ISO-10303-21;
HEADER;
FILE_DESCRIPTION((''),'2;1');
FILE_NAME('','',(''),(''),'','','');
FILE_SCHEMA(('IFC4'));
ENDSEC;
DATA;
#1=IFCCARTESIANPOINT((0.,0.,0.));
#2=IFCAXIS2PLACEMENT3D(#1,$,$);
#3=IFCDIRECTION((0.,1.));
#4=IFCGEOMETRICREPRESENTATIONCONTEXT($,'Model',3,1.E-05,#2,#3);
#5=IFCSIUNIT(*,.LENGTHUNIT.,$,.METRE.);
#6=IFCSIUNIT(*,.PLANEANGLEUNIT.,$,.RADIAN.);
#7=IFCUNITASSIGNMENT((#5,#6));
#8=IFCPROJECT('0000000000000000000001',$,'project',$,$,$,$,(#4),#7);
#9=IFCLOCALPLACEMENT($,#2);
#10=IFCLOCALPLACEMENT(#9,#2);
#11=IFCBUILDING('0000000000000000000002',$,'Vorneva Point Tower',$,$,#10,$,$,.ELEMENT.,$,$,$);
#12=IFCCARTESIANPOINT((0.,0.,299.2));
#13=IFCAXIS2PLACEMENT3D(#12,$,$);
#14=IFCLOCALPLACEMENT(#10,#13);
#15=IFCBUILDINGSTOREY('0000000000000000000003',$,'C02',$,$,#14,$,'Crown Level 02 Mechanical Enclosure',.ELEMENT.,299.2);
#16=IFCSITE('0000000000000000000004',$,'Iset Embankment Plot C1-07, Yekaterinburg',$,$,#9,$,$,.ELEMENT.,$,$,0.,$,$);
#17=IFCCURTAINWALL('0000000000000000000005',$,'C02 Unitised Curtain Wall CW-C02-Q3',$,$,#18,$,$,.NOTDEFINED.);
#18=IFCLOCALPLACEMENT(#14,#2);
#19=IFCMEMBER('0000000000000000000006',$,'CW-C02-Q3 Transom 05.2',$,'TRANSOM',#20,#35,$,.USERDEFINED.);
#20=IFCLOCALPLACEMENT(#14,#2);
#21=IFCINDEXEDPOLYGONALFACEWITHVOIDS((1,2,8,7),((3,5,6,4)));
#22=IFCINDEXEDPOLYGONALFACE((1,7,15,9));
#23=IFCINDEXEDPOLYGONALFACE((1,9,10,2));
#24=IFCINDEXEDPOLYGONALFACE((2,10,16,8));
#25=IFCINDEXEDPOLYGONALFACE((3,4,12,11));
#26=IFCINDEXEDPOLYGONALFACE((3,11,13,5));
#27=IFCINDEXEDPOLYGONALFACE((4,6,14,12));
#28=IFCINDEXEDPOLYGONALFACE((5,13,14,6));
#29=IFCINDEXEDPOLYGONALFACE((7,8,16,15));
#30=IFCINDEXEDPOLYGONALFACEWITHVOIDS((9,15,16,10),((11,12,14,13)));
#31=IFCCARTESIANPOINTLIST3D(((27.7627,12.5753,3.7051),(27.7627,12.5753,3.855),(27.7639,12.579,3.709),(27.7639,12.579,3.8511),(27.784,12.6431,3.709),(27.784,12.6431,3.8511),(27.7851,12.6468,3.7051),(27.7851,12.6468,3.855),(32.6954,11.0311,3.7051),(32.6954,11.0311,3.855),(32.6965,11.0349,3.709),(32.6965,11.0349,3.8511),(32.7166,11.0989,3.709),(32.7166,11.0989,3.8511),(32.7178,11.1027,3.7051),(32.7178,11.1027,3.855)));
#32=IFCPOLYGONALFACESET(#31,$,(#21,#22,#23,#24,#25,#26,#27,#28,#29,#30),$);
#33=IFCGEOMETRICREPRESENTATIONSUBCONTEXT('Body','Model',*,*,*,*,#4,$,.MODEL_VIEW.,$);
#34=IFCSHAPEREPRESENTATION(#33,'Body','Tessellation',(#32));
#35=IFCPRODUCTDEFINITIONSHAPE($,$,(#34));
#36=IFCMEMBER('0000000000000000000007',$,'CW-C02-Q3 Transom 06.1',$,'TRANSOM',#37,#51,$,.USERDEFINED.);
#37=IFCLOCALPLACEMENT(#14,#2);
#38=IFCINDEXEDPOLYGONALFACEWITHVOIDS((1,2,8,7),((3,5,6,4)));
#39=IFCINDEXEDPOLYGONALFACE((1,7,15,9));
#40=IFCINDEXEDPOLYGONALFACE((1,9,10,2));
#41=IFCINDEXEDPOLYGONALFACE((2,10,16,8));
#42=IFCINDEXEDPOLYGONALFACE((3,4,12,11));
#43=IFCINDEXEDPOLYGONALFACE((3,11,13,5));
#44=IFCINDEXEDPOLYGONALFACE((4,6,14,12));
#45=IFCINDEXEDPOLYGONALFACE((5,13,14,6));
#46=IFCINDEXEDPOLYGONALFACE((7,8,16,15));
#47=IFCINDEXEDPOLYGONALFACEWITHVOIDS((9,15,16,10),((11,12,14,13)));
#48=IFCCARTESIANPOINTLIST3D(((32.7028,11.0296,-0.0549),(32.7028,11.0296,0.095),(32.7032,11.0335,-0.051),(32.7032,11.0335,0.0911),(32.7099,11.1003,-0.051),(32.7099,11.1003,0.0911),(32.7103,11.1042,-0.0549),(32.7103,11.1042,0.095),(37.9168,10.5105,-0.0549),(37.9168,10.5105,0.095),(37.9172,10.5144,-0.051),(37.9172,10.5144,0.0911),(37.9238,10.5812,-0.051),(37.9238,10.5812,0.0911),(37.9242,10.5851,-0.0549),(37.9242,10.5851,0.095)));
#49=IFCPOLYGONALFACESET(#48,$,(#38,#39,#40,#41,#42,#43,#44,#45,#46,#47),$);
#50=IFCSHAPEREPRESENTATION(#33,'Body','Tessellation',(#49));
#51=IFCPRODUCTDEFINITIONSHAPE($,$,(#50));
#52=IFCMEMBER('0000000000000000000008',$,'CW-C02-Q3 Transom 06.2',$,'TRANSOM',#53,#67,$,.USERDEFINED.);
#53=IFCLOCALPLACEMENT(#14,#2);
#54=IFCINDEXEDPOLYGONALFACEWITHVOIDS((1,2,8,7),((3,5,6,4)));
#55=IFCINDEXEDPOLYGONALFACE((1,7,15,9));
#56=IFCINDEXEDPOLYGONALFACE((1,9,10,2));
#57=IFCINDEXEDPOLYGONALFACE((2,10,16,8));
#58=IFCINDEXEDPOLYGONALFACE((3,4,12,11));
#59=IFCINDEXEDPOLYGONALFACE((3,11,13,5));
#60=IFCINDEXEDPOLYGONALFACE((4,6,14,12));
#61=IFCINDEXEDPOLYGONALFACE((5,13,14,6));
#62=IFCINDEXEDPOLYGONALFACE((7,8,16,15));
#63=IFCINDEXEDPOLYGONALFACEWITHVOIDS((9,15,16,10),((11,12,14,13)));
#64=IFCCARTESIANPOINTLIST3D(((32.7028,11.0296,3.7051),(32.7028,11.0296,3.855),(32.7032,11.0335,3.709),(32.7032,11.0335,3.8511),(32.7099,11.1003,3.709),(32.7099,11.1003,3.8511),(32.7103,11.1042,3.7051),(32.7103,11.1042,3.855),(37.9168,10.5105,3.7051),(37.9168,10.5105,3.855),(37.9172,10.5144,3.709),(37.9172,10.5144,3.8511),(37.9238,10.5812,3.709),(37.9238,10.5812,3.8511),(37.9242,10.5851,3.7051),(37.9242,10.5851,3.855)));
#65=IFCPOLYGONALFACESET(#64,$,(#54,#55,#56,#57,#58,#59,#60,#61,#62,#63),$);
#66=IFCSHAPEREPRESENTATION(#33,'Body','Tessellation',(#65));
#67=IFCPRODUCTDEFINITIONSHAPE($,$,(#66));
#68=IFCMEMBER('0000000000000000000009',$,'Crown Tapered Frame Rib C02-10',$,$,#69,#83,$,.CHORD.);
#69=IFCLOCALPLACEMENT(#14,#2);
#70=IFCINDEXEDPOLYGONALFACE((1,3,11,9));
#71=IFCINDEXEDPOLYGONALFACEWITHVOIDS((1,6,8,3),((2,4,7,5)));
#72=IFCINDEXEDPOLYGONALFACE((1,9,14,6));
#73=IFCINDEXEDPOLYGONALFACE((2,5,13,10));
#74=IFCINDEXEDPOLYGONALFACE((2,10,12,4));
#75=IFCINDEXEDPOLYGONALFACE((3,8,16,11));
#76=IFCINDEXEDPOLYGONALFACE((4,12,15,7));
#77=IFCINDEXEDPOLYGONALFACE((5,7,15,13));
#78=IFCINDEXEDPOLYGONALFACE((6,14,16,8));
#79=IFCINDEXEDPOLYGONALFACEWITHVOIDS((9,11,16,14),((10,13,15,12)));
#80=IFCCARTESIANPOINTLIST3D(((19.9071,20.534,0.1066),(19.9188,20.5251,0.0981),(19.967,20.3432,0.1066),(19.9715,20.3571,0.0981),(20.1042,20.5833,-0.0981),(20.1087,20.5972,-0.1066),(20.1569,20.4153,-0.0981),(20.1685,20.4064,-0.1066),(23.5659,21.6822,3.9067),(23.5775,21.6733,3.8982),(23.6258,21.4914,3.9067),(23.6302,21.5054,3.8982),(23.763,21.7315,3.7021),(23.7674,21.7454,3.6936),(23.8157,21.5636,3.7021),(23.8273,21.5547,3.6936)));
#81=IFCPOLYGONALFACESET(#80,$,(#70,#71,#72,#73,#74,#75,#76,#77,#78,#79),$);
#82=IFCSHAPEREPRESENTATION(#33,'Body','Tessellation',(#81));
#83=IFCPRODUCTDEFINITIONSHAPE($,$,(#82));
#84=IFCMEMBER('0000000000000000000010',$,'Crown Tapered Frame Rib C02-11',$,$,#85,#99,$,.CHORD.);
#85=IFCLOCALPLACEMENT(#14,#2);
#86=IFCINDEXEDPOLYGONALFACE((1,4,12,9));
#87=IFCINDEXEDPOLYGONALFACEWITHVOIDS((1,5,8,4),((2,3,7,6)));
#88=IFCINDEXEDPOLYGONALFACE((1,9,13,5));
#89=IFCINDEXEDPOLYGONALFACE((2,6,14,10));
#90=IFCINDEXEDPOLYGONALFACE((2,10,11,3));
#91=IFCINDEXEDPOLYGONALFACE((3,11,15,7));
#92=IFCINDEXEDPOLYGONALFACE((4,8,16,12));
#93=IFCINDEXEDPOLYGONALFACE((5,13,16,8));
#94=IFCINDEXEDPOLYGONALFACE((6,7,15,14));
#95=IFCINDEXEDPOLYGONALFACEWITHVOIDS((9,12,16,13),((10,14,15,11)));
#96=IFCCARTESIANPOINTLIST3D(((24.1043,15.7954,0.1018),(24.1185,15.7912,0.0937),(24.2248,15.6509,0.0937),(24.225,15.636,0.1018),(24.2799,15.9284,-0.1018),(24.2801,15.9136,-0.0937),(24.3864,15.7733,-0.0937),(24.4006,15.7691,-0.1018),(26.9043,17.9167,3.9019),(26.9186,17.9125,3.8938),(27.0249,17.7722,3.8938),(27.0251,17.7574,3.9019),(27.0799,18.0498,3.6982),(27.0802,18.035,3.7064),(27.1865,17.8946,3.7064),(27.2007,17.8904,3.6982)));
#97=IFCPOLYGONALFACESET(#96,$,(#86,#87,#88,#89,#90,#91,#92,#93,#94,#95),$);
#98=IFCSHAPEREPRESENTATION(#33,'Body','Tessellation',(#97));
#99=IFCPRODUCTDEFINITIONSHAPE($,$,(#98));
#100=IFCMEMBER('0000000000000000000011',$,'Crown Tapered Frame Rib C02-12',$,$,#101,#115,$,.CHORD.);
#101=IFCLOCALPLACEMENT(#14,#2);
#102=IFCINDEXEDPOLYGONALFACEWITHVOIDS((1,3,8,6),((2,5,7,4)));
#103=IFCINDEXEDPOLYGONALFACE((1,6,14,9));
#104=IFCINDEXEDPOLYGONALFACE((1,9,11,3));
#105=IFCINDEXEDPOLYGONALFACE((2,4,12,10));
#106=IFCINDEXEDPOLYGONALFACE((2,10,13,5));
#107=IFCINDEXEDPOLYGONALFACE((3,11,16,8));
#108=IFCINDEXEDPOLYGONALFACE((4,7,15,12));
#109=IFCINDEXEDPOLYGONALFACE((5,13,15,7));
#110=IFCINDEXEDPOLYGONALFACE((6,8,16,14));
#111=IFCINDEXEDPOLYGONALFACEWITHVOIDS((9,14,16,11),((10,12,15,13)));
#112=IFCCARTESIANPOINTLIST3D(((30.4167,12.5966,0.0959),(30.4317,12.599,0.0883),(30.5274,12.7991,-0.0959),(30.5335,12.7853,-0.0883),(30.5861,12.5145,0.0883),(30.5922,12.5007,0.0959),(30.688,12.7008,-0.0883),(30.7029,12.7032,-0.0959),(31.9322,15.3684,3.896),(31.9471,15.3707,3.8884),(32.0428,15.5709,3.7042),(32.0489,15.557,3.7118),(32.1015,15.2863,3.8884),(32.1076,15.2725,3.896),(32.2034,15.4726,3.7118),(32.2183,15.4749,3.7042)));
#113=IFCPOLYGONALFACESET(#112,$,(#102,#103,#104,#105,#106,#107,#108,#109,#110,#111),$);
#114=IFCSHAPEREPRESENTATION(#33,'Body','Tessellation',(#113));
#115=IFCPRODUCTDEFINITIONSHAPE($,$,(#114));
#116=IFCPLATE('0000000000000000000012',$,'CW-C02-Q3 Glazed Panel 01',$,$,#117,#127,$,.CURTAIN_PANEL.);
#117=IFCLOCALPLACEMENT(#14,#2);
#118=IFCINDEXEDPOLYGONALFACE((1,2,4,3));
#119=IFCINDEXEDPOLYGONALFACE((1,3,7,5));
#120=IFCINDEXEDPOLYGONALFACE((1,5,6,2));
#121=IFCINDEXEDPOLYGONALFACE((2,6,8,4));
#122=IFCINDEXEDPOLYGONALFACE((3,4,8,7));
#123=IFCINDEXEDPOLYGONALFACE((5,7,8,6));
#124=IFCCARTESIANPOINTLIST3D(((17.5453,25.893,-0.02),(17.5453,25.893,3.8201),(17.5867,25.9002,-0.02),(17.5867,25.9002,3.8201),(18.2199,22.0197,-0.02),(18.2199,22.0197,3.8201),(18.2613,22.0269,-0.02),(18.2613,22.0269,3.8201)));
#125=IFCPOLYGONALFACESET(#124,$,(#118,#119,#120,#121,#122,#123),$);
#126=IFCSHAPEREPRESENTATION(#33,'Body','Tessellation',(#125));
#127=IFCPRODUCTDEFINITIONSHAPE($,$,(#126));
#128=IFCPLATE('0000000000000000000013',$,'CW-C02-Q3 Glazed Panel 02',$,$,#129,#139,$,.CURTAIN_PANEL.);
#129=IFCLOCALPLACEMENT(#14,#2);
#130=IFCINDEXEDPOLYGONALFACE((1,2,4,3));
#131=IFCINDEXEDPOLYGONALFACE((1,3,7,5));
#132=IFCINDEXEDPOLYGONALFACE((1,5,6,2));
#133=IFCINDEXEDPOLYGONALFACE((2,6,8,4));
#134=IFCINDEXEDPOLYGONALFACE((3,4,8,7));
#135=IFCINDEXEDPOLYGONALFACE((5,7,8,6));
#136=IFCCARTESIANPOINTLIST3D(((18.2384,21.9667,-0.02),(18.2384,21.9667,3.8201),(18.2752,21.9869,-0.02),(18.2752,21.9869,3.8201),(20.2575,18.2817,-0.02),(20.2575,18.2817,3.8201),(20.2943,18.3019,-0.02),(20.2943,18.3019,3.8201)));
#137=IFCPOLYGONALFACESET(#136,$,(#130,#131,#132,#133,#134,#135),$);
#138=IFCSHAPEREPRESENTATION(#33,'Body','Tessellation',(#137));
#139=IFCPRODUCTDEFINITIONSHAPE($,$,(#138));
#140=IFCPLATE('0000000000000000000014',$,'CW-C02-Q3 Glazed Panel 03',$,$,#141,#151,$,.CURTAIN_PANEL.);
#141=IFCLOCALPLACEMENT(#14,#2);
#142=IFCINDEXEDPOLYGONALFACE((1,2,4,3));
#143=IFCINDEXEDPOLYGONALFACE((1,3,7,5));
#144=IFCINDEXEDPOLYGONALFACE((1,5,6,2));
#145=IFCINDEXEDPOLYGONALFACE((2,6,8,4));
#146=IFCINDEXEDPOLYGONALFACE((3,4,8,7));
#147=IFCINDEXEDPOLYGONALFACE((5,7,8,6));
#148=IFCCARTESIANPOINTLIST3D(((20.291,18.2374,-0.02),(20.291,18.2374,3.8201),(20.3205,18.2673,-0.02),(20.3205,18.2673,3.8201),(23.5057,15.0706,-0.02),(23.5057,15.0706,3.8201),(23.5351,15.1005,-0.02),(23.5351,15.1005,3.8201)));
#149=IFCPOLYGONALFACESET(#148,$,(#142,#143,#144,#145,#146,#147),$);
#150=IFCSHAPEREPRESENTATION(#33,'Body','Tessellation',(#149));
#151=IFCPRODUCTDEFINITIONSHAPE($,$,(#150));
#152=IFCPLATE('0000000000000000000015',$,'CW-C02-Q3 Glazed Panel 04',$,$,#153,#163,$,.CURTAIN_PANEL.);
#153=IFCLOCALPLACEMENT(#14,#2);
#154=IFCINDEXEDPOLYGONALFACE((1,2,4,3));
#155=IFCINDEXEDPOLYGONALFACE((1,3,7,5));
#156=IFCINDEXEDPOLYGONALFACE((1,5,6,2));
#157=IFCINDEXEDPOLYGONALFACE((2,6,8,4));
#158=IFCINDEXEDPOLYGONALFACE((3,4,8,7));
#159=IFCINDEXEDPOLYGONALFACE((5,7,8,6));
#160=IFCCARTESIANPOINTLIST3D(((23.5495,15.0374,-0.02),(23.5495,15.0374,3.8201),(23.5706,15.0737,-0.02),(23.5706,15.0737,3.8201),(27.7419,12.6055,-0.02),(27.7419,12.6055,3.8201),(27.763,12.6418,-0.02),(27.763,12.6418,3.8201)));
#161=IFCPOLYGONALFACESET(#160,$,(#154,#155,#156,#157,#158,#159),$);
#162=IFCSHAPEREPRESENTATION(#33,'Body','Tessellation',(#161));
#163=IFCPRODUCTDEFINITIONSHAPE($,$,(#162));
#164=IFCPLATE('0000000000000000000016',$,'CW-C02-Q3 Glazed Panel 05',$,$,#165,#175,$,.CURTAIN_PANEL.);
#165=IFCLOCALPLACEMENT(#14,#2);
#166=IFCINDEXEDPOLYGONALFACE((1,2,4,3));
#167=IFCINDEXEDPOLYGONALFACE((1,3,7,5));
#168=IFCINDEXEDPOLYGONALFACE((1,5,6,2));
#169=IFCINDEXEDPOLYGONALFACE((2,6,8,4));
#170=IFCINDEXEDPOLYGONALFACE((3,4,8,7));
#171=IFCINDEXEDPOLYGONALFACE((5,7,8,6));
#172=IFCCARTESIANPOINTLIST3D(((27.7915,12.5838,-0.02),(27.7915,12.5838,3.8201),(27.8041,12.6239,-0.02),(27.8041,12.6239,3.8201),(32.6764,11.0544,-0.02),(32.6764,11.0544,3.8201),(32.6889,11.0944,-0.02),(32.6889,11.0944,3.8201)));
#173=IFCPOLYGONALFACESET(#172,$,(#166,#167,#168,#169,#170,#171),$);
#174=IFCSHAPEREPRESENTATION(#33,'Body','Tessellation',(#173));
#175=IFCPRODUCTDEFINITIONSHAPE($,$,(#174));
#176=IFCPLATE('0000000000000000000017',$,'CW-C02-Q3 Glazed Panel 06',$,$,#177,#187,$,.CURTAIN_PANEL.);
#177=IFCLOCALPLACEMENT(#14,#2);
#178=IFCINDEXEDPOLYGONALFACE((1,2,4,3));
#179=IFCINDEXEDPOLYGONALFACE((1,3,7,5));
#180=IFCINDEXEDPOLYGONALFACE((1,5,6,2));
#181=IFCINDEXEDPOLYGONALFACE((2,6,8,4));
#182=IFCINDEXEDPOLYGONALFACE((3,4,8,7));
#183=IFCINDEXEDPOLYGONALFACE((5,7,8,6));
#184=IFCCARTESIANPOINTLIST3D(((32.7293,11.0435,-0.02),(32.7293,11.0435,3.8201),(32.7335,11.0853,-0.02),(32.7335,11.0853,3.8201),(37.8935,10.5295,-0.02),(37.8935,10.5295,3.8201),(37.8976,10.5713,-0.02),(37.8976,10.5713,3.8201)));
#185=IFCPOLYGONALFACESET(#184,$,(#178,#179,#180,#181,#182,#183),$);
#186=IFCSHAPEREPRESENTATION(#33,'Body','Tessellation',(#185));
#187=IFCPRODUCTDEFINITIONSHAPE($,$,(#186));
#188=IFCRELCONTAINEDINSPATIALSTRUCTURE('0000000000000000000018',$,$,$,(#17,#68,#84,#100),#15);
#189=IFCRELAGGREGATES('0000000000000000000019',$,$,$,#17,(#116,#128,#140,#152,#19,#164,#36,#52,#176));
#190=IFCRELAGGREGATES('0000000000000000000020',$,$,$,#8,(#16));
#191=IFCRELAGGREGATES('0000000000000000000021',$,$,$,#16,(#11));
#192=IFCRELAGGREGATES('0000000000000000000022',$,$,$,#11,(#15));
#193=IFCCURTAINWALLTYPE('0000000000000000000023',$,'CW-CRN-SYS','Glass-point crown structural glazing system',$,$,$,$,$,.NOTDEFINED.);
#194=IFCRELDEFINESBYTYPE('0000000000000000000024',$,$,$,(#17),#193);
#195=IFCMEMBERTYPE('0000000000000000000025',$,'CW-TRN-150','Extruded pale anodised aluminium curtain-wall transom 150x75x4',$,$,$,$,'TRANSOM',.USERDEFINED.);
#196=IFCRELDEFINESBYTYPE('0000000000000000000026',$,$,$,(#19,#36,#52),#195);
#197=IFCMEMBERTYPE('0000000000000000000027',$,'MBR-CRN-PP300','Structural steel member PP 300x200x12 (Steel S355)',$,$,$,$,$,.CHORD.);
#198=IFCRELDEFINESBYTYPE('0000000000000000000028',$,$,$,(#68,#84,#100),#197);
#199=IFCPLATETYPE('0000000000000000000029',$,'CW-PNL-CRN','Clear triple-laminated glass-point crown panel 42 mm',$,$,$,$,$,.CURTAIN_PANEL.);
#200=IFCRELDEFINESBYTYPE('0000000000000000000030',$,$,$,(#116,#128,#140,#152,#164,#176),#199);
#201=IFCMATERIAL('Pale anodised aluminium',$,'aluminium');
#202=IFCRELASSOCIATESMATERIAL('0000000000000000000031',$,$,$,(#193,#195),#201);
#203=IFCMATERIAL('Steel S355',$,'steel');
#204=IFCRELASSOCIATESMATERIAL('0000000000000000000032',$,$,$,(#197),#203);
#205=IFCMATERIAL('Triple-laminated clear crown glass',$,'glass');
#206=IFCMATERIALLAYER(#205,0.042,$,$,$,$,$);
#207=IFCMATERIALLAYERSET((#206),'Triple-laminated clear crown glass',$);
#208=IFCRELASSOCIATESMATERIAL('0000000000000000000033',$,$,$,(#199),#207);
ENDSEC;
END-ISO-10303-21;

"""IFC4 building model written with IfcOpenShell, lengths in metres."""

from ifc_helpers import new_model, si_unit, direction, frame, origin, origin_2d, place, context, subcontext, project, spatial, rectangle, hollow_rectangle, extrude, material, layer, layer_set, material_profile, profile_set, type_object, element, aggregate, save


model = new_model("IFC4")

# Units and contexts
model_context = context("Model", 3, precision=1e-05, world=origin(), true_north=direction((0.0, 1.0)))
body_context = subcontext(model_context, "Body", "Model", "MODEL_VIEW")
ifc_project = project(units=[si_unit("LENGTHUNIT", "METRE"), si_unit("PLANEANGLEUNIT", "RADIAN")], contexts=[model_context])

# Site, building, storey
site_placement = place(None, origin())
site = spatial("IfcSite", under=ifc_project, at=site_placement, Name="Iset Embankment Plot C1-07, Yekaterinburg", CompositionType="ELEMENT", RefElevation=0.0)
building_placement = place(site_placement, origin())
building = spatial("IfcBuilding", under=site, at=building_placement, Name="Vorneva Point Tower", CompositionType="ELEMENT")
storey_placement = place(building_placement, frame((0.0, 0.0, 299.2)))
storey = spatial("IfcBuildingStorey", under=building, at=storey_placement, Name="C02", LongName="Crown Level 02 Mechanical Enclosure", CompositionType="ELEMENT", Elevation=299.2)

# Shared definitions
ifc_material_1 = material(Name="Steel S355", Category="steel")

# Curtain wall, members
ifc_material_2 = material(Name="Pale anodised aluminium", Category="aluminium")
curtain_wall_type = type_object("IfcCurtainWallType", Name="CW-CRN-SYS", Description="Glass-point crown structural glazing system", PredefinedType="NOTDEFINED", material=ifc_material_2)
curtain_wall_placement = place(storey_placement, origin())
curtain_wall = element("IfcCurtainWall", 1, at=curtain_wall_placement, inside=storey, type_object=curtain_wall_type, Name="C02 Unitised Curtain Wall CW-C02-Q3", PredefinedType="NOTDEFINED")
ifc_material_profile_1 = material_profile(ifc_material_2, hollow_rectangle(XDim=0.075, YDim=0.1499, WallThickness=0.0039, at=origin_2d()), Name="AL-TRN 150x75x4")
ifc_profile_set_1 = profile_set([ifc_material_profile_1], Name="Pale anodised aluminium")
member_type_1 = type_object("IfcMemberType", Name="CW-TRN-150", Description="Extruded pale anodised aluminium curtain-wall transom 150x75x4", ElementType="TRANSOM", PredefinedType="USERDEFINED", material=ifc_profile_set_1)
member_1_placement = place(storey_placement, frame((27.7739, 12.6111, 3.78), z_axis=(0.954329, -0.298759, 0.0), x_axis=(0.298759, 0.954329, 0.0)))
member_1 = element("IfcMember", 2, at=member_1_placement, type_object=member_type_1, Name="CW-C02-Q3 Transom 05.2", ObjectType="TRANSOM", PredefinedType="USERDEFINED", context=body_context, shape_type="SweptSolid", body=[
    extrude(hollow_rectangle(XDim=0.075, YDim=0.1499, WallThickness=0.0039, at=origin_2d()), origin(), (0.0, 0.0, 1.0), 5.1687),
])
member_2_placement = place(storey_placement, frame((32.7065, 11.0669, 0.02), z_axis=(0.995081, -0.099061, 0.0), x_axis=(0.099061, 0.995081, 0.0)))
member_2 = element("IfcMember", 3, at=member_2_placement, type_object=member_type_1, Name="CW-C02-Q3 Transom 06.1", ObjectType="TRANSOM", PredefinedType="USERDEFINED", context=body_context, shape_type="SweptSolid", body=[
    extrude(hollow_rectangle(XDim=0.075, YDim=0.1499, WallThickness=0.0039, at=origin_2d()), origin(), (0.0, 0.0, 1.0), 5.2397),
])
member_3_placement = place(storey_placement, frame((32.7065, 11.0669, 3.78), z_axis=(0.995081, -0.099061, 0.0), x_axis=(0.099061, 0.995081, 0.0)))
member_3 = element("IfcMember", 4, at=member_3_placement, type_object=member_type_1, Name="CW-C02-Q3 Transom 06.2", ObjectType="TRANSOM", PredefinedType="USERDEFINED", context=body_context, shape_type="SweptSolid", body=[
    extrude(hollow_rectangle(XDim=0.075, YDim=0.1499, WallThickness=0.0039, at=origin_2d()), origin(), (0.0, 0.0, 1.0), 5.2397),
])

# Members
ifc_material_profile_2 = material_profile(ifc_material_1, hollow_rectangle(XDim=0.2, YDim=0.3, WallThickness=0.012, at=origin_2d()), Name="PP 300x200x12")
ifc_profile_set_2 = profile_set([ifc_material_profile_2], Name="Steel S355")
member_type_2 = type_object("IfcMemberType", Name="MBR-CRN-PP300", Description="Structural steel member PP 300x200x12 (Steel S355)", PredefinedType="CHORD", material=ifc_profile_set_2)
member_4_placement = place(storey_placement, frame((20.0378, 20.4702, 0.0), z_axis=(0.677713, 0.212684, 0.703897), x_axis=(-0.299428, 0.954119, 0.0)))
element("IfcMember", 5, at=member_4_placement, inside=storey, type_object=member_type_2, Name="Crown Tapered Frame Rib C02-10", PredefinedType="CHORD", context=body_context, shape_type="SweptSolid", body=[
    extrude(hollow_rectangle(XDim=0.2, YDim=0.3, WallThickness=0.012, at=origin_2d()), origin(), (0.0, 0.0, 1.0), 5.3987),
])
member_5_placement = place(storey_placement, frame((24.2524, 15.7822, 0.0), z_axis=(0.541071, 0.40992, 0.734308), x_axis=(-0.603874, 0.79708, 0.0)))
element("IfcMember", 6, at=member_5_placement, inside=storey, type_object=member_type_2, Name="Crown Tapered Frame Rib C02-11", PredefinedType="CHORD", context=body_context, shape_type="SweptSolid", body=[
    extrude(hollow_rectangle(XDim=0.2, YDim=0.3, WallThickness=0.012, at=origin_2d()), origin(), (0.0, 0.0, 1.0), 5.175),
])
member_6_placement = place(storey_placement, frame((30.5598, 12.6499, 0.0), z_axis=(0.306659, 0.560899, 0.768994), x_axis=(-0.877426, 0.479713, 0.0)))
element("IfcMember", 7, at=member_6_placement, inside=storey, type_object=member_type_2, Name="Crown Tapered Frame Rib C02-12", PredefinedType="CHORD", context=body_context, shape_type="SweptSolid", body=[
    extrude(hollow_rectangle(XDim=0.2, YDim=0.3, WallThickness=0.012, at=origin_2d()), origin(), (0.0, 0.0, 1.0), 4.9417),
])

# Plates
ifc_material_3 = material(Name="Triple-laminated clear crown glass", Category="glass")
ifc_layer_1 = layer(ifc_material_3, 0.042)
ifc_layer_set_1 = layer_set([ifc_layer_1], Name="Triple-laminated clear crown glass")
plate_type = type_object("IfcPlateType", Name="CW-PNL-CRN", Description="Clear triple-laminated glass-point crown panel 42 mm", PredefinedType="CURTAIN_PANEL", material=ifc_layer_set_1)
plate_1_placement = place(storey_placement, frame((17.9033, 23.96, -0.02), z_axis=(0.0, 0.0, 1.0), x_axis=(0.171585, -0.985169, 0.0)))
plate_1 = element("IfcPlate", 8, at=plate_1_placement, type_object=plate_type, Name="CW-C02-Q3 Glazed Panel 01", PredefinedType="CURTAIN_PANEL", context=body_context, shape_type="SweptSolid", body=[
    extrude(rectangle(XDim=3.9316, YDim=0.042, at=origin_2d()), origin(), (0.0, 0.0, 1.0), 3.8401),
])
plate_2_placement = place(storey_placement, frame((19.2664, 20.1343, -0.02), z_axis=(0.0, 0.0, 1.0), x_axis=(0.48053, -0.876978, 0.0)))
plate_2 = element("IfcPlate", 9, at=plate_2_placement, type_object=plate_type, Name="CW-C02-Q3 Glazed Panel 02", PredefinedType="CURTAIN_PANEL", context=body_context, shape_type="SweptSolid", body=[
    extrude(rectangle(XDim=4.2019, YDim=0.042, at=origin_2d()), origin(), (0.0, 0.0, 1.0), 3.8401),
])
plate_3_placement = place(storey_placement, frame((21.9131, 16.6689, -0.02), z_axis=(0.0, 0.0, 1.0), x_axis=(0.712394, -0.70178, 0.0)))
plate_3 = element("IfcPlate", 10, at=plate_3_placement, type_object=plate_type, Name="CW-C02-Q3 Glazed Panel 03", PredefinedType="CURTAIN_PANEL", context=body_context, shape_type="SweptSolid", body=[
    extrude(rectangle(XDim=4.5125, YDim=0.042, at=origin_2d()), origin(), (0.0, 0.0, 1.0), 3.8401),
])
plate_4_placement = place(storey_placement, frame((25.6562, 13.8396, -0.02), z_axis=(0.0, 0.0, 1.0), x_axis=(0.865011, -0.501752, 0.0)))
plate_4 = element("IfcPlate", 11, at=plate_4_placement, type_object=plate_type, Name="CW-C02-Q3 Glazed Panel 04", PredefinedType="CURTAIN_PANEL", context=body_context, shape_type="SweptSolid", body=[
    extrude(rectangle(XDim=4.8467, YDim=0.042, at=origin_2d()), origin(), (0.0, 0.0, 1.0), 3.8401),
])
plate_5_placement = place(storey_placement, frame((30.2402, 11.8391, -0.02), z_axis=(0.0, 0.0, 1.0), x_axis=(0.954319, -0.298791, 0.0)))
plate_5 = element("IfcPlate", 12, at=plate_5_placement, type_object=plate_type, Name="CW-C02-Q3 Glazed Panel 05", PredefinedType="CURTAIN_PANEL", context=body_context, shape_type="SweptSolid", body=[
    extrude(rectangle(XDim=5.1187, YDim=0.042, at=origin_2d()), origin(), (0.0, 0.0, 1.0), 3.8401),
])
plate_6_placement = place(storey_placement, frame((35.3135, 10.8074, -0.02), z_axis=(0.0, 0.0, 1.0), x_axis=(0.995083, -0.099042, 0.0)))
plate_6 = element("IfcPlate", 13, at=plate_6_placement, type_object=plate_type, Name="CW-C02-Q3 Glazed Panel 06", PredefinedType="CURTAIN_PANEL", context=body_context, shape_type="SweptSolid", body=[
    extrude(rectangle(XDim=5.1897, YDim=0.042, at=origin_2d()), origin(), (0.0, 0.0, 1.0), 3.8401),
])
aggregate(curtain_wall, [plate_1, plate_2, plate_3, plate_4, member_1, plate_5, member_2, member_3, plate_6])

save(model, "model.ifc")
